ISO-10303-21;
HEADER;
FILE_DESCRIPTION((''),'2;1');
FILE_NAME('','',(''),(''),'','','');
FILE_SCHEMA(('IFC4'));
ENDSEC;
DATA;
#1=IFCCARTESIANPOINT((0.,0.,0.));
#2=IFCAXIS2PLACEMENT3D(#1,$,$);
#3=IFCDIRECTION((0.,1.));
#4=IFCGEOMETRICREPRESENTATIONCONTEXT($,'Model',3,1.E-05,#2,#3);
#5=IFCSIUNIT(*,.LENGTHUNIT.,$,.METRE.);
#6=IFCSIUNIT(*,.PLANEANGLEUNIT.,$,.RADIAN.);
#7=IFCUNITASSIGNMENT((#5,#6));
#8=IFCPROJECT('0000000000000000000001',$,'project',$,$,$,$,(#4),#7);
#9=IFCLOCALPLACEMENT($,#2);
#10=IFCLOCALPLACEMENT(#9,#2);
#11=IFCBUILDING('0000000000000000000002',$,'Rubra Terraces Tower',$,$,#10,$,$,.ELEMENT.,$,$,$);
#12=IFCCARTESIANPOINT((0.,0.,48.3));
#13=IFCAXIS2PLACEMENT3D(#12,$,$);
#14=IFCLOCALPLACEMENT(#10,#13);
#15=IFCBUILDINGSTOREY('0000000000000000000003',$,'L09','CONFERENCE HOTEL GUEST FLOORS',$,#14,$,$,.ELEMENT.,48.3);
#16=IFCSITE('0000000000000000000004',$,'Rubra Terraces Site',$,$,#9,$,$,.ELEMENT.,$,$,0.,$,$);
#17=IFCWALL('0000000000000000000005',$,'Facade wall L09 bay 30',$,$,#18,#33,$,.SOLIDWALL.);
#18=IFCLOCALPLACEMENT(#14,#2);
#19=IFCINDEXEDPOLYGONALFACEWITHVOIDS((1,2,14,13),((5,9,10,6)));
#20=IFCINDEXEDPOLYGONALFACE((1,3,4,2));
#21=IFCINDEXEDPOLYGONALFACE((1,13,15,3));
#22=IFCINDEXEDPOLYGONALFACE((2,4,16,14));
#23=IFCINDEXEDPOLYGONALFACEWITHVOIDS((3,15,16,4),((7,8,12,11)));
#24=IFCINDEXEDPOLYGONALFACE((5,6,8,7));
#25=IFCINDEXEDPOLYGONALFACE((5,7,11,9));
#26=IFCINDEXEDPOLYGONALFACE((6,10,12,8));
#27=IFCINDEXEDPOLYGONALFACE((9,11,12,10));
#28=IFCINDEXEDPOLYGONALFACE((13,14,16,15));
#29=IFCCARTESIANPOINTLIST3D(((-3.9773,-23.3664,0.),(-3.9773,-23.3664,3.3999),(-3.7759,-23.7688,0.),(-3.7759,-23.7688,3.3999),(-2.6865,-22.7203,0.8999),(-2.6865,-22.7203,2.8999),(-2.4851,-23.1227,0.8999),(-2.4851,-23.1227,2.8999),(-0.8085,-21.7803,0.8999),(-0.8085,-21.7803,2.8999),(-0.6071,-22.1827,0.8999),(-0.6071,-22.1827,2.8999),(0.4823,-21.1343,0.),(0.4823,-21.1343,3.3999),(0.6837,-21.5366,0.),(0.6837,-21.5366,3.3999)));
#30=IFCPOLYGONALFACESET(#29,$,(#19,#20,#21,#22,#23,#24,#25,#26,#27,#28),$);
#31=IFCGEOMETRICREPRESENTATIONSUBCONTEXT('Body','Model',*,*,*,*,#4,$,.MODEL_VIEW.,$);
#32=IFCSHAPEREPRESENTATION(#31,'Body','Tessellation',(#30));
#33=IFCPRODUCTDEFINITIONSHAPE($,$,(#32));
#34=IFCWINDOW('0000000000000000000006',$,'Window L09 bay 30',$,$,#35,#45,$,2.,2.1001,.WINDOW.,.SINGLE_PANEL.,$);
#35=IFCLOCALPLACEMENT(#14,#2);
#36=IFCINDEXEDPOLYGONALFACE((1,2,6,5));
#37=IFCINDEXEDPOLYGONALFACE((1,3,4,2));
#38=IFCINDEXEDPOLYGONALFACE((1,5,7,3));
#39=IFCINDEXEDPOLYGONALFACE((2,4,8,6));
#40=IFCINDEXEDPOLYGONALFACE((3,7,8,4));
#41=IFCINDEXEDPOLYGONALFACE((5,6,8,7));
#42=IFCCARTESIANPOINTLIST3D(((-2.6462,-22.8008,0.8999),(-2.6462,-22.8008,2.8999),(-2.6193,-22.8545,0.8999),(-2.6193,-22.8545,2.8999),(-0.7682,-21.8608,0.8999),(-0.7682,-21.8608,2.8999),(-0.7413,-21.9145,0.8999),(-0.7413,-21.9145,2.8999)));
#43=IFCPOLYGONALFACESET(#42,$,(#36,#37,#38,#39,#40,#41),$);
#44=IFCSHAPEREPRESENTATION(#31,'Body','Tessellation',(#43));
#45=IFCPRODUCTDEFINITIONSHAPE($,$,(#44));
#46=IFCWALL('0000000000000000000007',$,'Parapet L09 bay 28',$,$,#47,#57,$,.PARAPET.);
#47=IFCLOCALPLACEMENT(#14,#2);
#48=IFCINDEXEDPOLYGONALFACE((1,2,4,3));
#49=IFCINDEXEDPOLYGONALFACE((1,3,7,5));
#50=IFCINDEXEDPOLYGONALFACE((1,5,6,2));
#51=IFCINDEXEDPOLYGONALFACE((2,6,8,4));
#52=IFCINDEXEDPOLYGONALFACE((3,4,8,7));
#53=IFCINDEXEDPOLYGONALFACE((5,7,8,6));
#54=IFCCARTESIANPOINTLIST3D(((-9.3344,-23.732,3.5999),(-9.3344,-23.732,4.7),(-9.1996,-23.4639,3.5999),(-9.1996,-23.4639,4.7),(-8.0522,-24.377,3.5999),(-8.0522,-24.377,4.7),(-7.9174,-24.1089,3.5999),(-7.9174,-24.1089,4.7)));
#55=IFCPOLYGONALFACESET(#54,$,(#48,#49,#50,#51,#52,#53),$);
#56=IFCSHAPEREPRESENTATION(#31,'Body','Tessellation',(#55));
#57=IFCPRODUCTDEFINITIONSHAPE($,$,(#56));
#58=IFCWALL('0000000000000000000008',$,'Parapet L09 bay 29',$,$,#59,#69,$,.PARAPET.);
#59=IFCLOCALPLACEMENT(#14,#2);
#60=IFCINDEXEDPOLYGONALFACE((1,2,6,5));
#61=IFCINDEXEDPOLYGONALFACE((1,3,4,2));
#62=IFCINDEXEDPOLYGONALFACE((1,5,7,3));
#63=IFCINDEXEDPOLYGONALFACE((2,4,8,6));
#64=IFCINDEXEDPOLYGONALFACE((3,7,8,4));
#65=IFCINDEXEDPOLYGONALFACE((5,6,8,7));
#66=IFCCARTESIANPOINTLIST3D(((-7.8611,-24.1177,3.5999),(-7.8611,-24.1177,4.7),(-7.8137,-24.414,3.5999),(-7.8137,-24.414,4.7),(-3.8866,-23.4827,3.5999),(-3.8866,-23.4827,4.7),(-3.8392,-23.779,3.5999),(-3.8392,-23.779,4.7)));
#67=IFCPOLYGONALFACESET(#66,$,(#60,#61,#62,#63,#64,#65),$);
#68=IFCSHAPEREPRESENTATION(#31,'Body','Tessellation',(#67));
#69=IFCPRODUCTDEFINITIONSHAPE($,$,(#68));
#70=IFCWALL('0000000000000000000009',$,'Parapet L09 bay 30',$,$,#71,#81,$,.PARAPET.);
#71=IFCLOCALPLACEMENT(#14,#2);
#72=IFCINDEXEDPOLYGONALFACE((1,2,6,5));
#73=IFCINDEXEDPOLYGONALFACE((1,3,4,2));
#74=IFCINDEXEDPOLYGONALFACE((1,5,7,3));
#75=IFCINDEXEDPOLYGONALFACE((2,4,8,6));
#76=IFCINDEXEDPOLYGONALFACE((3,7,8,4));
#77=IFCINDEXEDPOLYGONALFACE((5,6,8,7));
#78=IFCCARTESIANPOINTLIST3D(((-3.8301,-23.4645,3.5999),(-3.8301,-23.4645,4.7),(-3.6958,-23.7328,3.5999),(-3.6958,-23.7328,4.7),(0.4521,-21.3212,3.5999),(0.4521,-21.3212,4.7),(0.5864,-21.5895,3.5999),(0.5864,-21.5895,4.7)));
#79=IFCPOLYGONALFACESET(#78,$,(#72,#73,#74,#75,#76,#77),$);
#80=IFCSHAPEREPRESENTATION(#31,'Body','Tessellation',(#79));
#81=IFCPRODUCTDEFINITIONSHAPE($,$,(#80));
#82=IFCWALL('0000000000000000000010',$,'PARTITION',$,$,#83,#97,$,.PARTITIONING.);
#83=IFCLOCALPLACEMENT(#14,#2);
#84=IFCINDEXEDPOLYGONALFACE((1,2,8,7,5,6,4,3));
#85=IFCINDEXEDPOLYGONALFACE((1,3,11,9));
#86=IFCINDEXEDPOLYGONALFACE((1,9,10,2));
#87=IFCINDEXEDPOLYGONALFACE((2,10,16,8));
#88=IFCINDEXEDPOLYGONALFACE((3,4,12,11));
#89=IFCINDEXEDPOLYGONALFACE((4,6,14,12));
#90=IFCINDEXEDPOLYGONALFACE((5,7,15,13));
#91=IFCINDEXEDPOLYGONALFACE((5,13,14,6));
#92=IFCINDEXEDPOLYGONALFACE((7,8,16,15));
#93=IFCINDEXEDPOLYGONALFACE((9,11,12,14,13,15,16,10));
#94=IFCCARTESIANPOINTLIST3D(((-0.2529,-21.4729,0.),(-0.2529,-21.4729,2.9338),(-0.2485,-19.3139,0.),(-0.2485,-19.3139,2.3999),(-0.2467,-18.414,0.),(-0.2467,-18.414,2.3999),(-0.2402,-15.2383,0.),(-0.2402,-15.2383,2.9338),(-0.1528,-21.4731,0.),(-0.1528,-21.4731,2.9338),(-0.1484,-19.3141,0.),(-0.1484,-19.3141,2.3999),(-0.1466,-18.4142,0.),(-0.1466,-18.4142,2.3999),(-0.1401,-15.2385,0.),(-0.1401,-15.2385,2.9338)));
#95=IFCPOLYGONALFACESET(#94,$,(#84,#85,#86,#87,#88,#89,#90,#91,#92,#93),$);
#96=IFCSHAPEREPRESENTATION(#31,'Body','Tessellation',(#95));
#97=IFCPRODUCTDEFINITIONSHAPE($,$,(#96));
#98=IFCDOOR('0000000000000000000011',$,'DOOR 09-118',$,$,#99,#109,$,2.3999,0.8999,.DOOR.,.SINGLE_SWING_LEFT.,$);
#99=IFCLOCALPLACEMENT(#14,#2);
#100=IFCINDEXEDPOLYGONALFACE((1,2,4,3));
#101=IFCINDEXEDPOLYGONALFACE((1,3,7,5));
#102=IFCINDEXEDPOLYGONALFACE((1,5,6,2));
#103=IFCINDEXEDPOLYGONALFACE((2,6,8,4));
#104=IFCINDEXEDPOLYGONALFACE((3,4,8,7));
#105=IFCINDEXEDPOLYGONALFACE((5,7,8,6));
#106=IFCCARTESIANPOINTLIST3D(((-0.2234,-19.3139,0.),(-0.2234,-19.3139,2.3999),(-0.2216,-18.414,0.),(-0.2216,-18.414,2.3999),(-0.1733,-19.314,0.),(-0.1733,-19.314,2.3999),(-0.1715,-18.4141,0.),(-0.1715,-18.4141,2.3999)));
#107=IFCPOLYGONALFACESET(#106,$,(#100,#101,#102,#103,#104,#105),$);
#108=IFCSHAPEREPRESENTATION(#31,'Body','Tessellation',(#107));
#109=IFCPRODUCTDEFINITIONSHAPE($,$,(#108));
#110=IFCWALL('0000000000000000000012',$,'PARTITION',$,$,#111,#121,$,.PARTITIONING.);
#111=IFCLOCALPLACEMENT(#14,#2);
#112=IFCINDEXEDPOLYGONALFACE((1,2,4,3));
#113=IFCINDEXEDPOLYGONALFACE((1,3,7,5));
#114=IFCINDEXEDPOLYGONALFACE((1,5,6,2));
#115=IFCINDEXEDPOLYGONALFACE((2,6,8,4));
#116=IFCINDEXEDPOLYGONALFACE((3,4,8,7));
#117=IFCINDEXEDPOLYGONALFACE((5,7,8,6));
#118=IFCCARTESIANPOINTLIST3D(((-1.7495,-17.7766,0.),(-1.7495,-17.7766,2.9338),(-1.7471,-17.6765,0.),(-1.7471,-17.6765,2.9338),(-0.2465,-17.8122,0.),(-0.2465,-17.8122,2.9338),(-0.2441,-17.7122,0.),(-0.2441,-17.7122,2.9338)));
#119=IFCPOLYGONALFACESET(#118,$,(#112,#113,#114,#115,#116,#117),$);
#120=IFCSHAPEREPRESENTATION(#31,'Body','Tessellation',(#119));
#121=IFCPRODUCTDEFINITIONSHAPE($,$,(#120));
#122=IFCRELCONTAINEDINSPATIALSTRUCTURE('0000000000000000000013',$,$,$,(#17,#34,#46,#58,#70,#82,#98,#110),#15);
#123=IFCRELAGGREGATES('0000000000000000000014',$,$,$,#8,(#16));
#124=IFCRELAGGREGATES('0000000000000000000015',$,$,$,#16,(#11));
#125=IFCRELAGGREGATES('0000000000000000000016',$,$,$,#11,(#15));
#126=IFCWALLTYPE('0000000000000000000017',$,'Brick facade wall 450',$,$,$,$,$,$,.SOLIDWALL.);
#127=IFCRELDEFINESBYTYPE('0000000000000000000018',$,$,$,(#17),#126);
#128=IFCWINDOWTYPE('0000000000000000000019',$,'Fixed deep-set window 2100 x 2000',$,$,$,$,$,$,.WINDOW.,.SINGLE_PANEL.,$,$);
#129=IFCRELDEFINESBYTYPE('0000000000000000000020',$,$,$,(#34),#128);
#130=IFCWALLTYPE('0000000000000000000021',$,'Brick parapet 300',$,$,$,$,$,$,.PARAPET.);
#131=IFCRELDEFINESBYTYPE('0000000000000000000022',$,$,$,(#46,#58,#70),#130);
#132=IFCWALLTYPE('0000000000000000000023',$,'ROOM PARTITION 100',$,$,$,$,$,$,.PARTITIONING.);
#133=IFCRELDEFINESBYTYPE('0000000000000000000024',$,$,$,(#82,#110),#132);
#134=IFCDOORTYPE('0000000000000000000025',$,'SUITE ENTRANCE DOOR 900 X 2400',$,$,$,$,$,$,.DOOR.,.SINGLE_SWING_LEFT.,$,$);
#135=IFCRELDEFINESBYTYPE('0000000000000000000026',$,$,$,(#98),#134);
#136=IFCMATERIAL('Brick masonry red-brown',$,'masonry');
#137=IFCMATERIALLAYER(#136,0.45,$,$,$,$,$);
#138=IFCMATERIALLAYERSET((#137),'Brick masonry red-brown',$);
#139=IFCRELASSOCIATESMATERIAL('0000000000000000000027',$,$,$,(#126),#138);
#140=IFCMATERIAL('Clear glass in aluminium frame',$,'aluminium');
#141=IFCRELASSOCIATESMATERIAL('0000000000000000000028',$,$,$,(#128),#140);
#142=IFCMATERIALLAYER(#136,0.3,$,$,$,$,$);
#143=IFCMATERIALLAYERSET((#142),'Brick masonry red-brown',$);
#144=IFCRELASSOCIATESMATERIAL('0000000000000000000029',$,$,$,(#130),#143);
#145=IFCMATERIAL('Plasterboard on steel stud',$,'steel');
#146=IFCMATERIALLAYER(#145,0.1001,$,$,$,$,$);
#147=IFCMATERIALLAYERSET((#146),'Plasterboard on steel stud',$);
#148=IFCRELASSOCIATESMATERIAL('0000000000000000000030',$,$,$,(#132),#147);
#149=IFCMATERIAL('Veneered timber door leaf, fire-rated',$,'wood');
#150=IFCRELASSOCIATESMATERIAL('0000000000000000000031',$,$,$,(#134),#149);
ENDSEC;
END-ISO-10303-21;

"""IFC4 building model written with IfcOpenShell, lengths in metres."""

from ifc_helpers import new_model, si_unit, direction, frame, frame_2d, origin, place, context, subcontext, project, spatial, rectangle, extrude, material, layer, layer_set, type_object, element, fill, save


model = new_model("IFC4")

# Units and contexts
model_context = context("Model", 3, precision=1e-05, world=origin(), true_north=direction((0.0, 1.0)))
body_context = subcontext(model_context, "Body", "Model", "MODEL_VIEW")
ifc_project = project(units=[si_unit("LENGTHUNIT", "METRE"), si_unit("PLANEANGLEUNIT", "RADIAN")], contexts=[model_context])

# Site, building, storey
site_placement = place(None, origin())
site = spatial("IfcSite", under=ifc_project, at=site_placement, Name="Rubra Terraces Site", CompositionType="ELEMENT", RefElevation=0.0)
building_placement = place(site_placement, origin())
building = spatial("IfcBuilding", under=site, at=building_placement, Name="Rubra Terraces Tower", CompositionType="ELEMENT")
storey_placement = place(building_placement, frame((0.0, 0.0, 48.3)))
storey = spatial("IfcBuildingStorey", under=building, at=storey_placement, Name="L09", Description="CONFERENCE HOTEL GUEST FLOORS", CompositionType="ELEMENT", Elevation=48.3)

# Wall, opening, window
ifc_material_1 = material(Name="Brick masonry red-brown", Category="masonry")
ifc_layer_1 = layer(ifc_material_1, 0.45)
ifc_layer_set_1 = layer_set([ifc_layer_1], Name="Brick masonry red-brown")
wall_type_1 = type_object("IfcWallType", Name="Brick facade wall 450", PredefinedType="SOLIDWALL", material=ifc_layer_set_1)
ifc_material_2 = material(Name="Clear glass in aluminium frame", Category="aluminium")
window_type = type_object("IfcWindowType", Name="Fixed deep-set window 2100 x 2000", PartitioningType="SINGLE_PANEL", PredefinedType="WINDOW", material=ifc_material_2)
wall_1_placement = place(storey_placement, frame((-3.8767, -23.5676, 0.0), z_axis=(0.0, 0.0, 1.0), x_axis=(0.894241, 0.447586, 0.0)))
wall_1 = element("IfcWall", 1, at=wall_1_placement, inside=storey, type_object=wall_type_1, Name="Facade wall L09 bay 30", PredefinedType="SOLIDWALL", context=body_context, shape_type="SweptSolid", body=[
    extrude(rectangle(XDim=4.9871, YDim=0.45, at=frame_2d((2.4937, 0.0))), origin(), (0.0, 0.0, 1.0), 3.3999),
])
opening_1_placement = place(wall_1_placement, frame((1.4436, 0.0, 0.8999)))
opening_1 = element("IfcOpeningElement", 2, at=opening_1_placement, cuts=wall_1, PredefinedType="OPENING", context=body_context, shape_type="SweptSolid", body=[
    extrude(rectangle(XDim=2.1001, YDim=2.0, at=frame_2d((1.05, 1.0))), frame((0.0, 0.2349, 0.0), z_axis=(0.0, -1.0, 0.0), x_axis=(1.0, 0.0, 0.0)), (0.0, 0.0, 1.0), 0.47),
])
window_1_placement = place(opening_1_placement, origin())
window_1 = element("IfcWindow", 3, at=window_1_placement, inside=storey, type_object=window_type, Name="Window L09 bay 30", OverallHeight=2.0, OverallWidth=2.1001, PartitioningType="SINGLE_PANEL", PredefinedType="WINDOW", context=body_context, shape_type="SweptSolid", body=[
    extrude(rectangle(XDim=2.1001, YDim=2.0, at=frame_2d((1.05, 1.0))), frame((0.0, 0.135, 0.0), z_axis=(0.0, -1.0, 0.0), x_axis=(1.0, 0.0, 0.0)), (0.0, 0.0, 1.0), 0.0601),
])
fill(opening_1, window_1)

# Walls
ifc_layer_2 = layer(ifc_material_1, 0.3)
ifc_layer_set_2 = layer_set([ifc_layer_2], Name="Brick masonry red-brown")
wall_type_2 = type_object("IfcWallType", Name="Brick parapet 300", PredefinedType="PARAPET", material=ifc_layer_set_2)
wall_2_placement = place(storey_placement, frame((-9.2671, -23.5979, 3.5999), z_axis=(0.0, 0.0, 1.0), x_axis=(0.893336, -0.449389, 0.0)))
element("IfcWall", 4, at=wall_2_placement, inside=storey, type_object=wall_type_2, Name="Parapet L09 bay 28", PredefinedType="PARAPET", context=body_context, shape_type="SweptSolid", body=[
    extrude(rectangle(XDim=1.4353, YDim=0.3, at=frame_2d((0.7178, 0.0))), origin(), (0.0, 0.0, 1.0), 1.1001),
])
wall_3_placement = place(storey_placement, frame((-7.8374, -24.2659, 3.5999), z_axis=(0.0, 0.0, 1.0), x_axis=(0.987477, 0.157766, 0.0)))
element("IfcWall", 5, at=wall_3_placement, inside=storey, type_object=wall_type_2, Name="Parapet L09 bay 29", PredefinedType="PARAPET", context=body_context, shape_type="SweptSolid", body=[
    extrude(rectangle(XDim=4.0249, YDim=0.3, at=frame_2d((2.0125, 0.0))), origin(), (0.0, 0.0, 1.0), 1.1001),
])
wall_4_placement = place(storey_placement, frame((-3.7629, -23.5986, 3.5999), z_axis=(0.0, 0.0, 1.0), x_axis=(0.894244, 0.447581, 0.0)))
element("IfcWall", 6, at=wall_4_placement, inside=storey, type_object=wall_type_2, Name="Parapet L09 bay 30", PredefinedType="PARAPET", context=body_context, shape_type="SweptSolid", body=[
    extrude(rectangle(XDim=4.7886, YDim=0.3, at=frame_2d((2.3943, 0.0))), origin(), (0.0, 0.0, 1.0), 1.1001),
])

# Wall, opening, door
ifc_material_3 = material(Name="Plasterboard on steel stud", Category="steel")
ifc_layer_3 = layer(ifc_material_3, 0.1001)
ifc_layer_set_3 = layer_set([ifc_layer_3], Name="Plasterboard on steel stud")
wall_type_3 = type_object("IfcWallType", Name="ROOM PARTITION 100", PredefinedType="PARTITIONING", material=ifc_layer_set_3)
wall_5_placement = place(storey_placement, frame((-0.2029, -21.4729, 0.0), z_axis=(0.0, 0.0, 1.0), x_axis=(0.002036, 0.999998, 0.0)))
wall_5 = element("IfcWall", 7, at=wall_5_placement, inside=storey, type_object=wall_type_3, Name="PARTITION", PredefinedType="PARTITIONING", context=body_context, shape_type="SweptSolid", body=[
    extrude(rectangle(XDim=6.2346, YDim=0.1001, at=frame_2d((3.1172, 0.0))), origin(), (0.0, 0.0, 1.0), 2.9338),
])
opening_2_placement = place(wall_5_placement, frame((2.1589, 0.0, 0.0)))
opening_2 = element("IfcOpeningElement", 8, at=opening_2_placement, cuts=wall_5, PredefinedType="OPENING", context=body_context, shape_type="SweptSolid", body=[
    extrude(rectangle(XDim=0.8999, YDim=2.3999, at=frame_2d((0.45, 1.2))), frame((0.0, 0.0601, 0.0), z_axis=(0.0, -1.0, 0.0), x_axis=(1.0, 0.0, 0.0)), (0.0, 0.0, 1.0), 0.1201),
])
ifc_material_4 = material(Name="Veneered timber door leaf, fire-rated", Category="wood")
door_type = type_object("IfcDoorType", Name="SUITE ENTRANCE DOOR 900 X 2400", OperationType="SINGLE_SWING_LEFT", PredefinedType="DOOR", material=ifc_material_4)
door_placement = place(opening_2_placement, origin())
door = element("IfcDoor", 9, at=door_placement, inside=storey, type_object=door_type, Name="DOOR 09-118", OperationType="SINGLE_SWING_LEFT", OverallHeight=2.3999, OverallWidth=0.8999, PredefinedType="DOOR", context=body_context, shape_type="SweptSolid", body=[
    extrude(rectangle(XDim=0.8999, YDim=2.3999, at=frame_2d((0.45, 1.2))), frame((0.0, 0.0249, 0.0), z_axis=(0.0, -1.0, 0.0), x_axis=(1.0, 0.0, 0.0)), (0.0, 0.0, 1.0), 0.05),
])
fill(opening_2, door)

# Wall
wall_6_placement = place(storey_placement, frame((-1.7483, -17.7266, 0.0), z_axis=(0.0, 0.0, 1.0), x_axis=(0.999719, -0.02371, 0.0)))
element("IfcWall", 10, at=wall_6_placement, inside=storey, type_object=wall_type_3, Name="PARTITION", PredefinedType="PARTITIONING", context=body_context, shape_type="SweptSolid", body=[
    extrude(rectangle(XDim=1.5034, YDim=0.1001, at=frame_2d((0.7517, 0.0))), origin(), (0.0, 0.0, 1.0), 2.9338),
])

save(model, "model.ifc")
